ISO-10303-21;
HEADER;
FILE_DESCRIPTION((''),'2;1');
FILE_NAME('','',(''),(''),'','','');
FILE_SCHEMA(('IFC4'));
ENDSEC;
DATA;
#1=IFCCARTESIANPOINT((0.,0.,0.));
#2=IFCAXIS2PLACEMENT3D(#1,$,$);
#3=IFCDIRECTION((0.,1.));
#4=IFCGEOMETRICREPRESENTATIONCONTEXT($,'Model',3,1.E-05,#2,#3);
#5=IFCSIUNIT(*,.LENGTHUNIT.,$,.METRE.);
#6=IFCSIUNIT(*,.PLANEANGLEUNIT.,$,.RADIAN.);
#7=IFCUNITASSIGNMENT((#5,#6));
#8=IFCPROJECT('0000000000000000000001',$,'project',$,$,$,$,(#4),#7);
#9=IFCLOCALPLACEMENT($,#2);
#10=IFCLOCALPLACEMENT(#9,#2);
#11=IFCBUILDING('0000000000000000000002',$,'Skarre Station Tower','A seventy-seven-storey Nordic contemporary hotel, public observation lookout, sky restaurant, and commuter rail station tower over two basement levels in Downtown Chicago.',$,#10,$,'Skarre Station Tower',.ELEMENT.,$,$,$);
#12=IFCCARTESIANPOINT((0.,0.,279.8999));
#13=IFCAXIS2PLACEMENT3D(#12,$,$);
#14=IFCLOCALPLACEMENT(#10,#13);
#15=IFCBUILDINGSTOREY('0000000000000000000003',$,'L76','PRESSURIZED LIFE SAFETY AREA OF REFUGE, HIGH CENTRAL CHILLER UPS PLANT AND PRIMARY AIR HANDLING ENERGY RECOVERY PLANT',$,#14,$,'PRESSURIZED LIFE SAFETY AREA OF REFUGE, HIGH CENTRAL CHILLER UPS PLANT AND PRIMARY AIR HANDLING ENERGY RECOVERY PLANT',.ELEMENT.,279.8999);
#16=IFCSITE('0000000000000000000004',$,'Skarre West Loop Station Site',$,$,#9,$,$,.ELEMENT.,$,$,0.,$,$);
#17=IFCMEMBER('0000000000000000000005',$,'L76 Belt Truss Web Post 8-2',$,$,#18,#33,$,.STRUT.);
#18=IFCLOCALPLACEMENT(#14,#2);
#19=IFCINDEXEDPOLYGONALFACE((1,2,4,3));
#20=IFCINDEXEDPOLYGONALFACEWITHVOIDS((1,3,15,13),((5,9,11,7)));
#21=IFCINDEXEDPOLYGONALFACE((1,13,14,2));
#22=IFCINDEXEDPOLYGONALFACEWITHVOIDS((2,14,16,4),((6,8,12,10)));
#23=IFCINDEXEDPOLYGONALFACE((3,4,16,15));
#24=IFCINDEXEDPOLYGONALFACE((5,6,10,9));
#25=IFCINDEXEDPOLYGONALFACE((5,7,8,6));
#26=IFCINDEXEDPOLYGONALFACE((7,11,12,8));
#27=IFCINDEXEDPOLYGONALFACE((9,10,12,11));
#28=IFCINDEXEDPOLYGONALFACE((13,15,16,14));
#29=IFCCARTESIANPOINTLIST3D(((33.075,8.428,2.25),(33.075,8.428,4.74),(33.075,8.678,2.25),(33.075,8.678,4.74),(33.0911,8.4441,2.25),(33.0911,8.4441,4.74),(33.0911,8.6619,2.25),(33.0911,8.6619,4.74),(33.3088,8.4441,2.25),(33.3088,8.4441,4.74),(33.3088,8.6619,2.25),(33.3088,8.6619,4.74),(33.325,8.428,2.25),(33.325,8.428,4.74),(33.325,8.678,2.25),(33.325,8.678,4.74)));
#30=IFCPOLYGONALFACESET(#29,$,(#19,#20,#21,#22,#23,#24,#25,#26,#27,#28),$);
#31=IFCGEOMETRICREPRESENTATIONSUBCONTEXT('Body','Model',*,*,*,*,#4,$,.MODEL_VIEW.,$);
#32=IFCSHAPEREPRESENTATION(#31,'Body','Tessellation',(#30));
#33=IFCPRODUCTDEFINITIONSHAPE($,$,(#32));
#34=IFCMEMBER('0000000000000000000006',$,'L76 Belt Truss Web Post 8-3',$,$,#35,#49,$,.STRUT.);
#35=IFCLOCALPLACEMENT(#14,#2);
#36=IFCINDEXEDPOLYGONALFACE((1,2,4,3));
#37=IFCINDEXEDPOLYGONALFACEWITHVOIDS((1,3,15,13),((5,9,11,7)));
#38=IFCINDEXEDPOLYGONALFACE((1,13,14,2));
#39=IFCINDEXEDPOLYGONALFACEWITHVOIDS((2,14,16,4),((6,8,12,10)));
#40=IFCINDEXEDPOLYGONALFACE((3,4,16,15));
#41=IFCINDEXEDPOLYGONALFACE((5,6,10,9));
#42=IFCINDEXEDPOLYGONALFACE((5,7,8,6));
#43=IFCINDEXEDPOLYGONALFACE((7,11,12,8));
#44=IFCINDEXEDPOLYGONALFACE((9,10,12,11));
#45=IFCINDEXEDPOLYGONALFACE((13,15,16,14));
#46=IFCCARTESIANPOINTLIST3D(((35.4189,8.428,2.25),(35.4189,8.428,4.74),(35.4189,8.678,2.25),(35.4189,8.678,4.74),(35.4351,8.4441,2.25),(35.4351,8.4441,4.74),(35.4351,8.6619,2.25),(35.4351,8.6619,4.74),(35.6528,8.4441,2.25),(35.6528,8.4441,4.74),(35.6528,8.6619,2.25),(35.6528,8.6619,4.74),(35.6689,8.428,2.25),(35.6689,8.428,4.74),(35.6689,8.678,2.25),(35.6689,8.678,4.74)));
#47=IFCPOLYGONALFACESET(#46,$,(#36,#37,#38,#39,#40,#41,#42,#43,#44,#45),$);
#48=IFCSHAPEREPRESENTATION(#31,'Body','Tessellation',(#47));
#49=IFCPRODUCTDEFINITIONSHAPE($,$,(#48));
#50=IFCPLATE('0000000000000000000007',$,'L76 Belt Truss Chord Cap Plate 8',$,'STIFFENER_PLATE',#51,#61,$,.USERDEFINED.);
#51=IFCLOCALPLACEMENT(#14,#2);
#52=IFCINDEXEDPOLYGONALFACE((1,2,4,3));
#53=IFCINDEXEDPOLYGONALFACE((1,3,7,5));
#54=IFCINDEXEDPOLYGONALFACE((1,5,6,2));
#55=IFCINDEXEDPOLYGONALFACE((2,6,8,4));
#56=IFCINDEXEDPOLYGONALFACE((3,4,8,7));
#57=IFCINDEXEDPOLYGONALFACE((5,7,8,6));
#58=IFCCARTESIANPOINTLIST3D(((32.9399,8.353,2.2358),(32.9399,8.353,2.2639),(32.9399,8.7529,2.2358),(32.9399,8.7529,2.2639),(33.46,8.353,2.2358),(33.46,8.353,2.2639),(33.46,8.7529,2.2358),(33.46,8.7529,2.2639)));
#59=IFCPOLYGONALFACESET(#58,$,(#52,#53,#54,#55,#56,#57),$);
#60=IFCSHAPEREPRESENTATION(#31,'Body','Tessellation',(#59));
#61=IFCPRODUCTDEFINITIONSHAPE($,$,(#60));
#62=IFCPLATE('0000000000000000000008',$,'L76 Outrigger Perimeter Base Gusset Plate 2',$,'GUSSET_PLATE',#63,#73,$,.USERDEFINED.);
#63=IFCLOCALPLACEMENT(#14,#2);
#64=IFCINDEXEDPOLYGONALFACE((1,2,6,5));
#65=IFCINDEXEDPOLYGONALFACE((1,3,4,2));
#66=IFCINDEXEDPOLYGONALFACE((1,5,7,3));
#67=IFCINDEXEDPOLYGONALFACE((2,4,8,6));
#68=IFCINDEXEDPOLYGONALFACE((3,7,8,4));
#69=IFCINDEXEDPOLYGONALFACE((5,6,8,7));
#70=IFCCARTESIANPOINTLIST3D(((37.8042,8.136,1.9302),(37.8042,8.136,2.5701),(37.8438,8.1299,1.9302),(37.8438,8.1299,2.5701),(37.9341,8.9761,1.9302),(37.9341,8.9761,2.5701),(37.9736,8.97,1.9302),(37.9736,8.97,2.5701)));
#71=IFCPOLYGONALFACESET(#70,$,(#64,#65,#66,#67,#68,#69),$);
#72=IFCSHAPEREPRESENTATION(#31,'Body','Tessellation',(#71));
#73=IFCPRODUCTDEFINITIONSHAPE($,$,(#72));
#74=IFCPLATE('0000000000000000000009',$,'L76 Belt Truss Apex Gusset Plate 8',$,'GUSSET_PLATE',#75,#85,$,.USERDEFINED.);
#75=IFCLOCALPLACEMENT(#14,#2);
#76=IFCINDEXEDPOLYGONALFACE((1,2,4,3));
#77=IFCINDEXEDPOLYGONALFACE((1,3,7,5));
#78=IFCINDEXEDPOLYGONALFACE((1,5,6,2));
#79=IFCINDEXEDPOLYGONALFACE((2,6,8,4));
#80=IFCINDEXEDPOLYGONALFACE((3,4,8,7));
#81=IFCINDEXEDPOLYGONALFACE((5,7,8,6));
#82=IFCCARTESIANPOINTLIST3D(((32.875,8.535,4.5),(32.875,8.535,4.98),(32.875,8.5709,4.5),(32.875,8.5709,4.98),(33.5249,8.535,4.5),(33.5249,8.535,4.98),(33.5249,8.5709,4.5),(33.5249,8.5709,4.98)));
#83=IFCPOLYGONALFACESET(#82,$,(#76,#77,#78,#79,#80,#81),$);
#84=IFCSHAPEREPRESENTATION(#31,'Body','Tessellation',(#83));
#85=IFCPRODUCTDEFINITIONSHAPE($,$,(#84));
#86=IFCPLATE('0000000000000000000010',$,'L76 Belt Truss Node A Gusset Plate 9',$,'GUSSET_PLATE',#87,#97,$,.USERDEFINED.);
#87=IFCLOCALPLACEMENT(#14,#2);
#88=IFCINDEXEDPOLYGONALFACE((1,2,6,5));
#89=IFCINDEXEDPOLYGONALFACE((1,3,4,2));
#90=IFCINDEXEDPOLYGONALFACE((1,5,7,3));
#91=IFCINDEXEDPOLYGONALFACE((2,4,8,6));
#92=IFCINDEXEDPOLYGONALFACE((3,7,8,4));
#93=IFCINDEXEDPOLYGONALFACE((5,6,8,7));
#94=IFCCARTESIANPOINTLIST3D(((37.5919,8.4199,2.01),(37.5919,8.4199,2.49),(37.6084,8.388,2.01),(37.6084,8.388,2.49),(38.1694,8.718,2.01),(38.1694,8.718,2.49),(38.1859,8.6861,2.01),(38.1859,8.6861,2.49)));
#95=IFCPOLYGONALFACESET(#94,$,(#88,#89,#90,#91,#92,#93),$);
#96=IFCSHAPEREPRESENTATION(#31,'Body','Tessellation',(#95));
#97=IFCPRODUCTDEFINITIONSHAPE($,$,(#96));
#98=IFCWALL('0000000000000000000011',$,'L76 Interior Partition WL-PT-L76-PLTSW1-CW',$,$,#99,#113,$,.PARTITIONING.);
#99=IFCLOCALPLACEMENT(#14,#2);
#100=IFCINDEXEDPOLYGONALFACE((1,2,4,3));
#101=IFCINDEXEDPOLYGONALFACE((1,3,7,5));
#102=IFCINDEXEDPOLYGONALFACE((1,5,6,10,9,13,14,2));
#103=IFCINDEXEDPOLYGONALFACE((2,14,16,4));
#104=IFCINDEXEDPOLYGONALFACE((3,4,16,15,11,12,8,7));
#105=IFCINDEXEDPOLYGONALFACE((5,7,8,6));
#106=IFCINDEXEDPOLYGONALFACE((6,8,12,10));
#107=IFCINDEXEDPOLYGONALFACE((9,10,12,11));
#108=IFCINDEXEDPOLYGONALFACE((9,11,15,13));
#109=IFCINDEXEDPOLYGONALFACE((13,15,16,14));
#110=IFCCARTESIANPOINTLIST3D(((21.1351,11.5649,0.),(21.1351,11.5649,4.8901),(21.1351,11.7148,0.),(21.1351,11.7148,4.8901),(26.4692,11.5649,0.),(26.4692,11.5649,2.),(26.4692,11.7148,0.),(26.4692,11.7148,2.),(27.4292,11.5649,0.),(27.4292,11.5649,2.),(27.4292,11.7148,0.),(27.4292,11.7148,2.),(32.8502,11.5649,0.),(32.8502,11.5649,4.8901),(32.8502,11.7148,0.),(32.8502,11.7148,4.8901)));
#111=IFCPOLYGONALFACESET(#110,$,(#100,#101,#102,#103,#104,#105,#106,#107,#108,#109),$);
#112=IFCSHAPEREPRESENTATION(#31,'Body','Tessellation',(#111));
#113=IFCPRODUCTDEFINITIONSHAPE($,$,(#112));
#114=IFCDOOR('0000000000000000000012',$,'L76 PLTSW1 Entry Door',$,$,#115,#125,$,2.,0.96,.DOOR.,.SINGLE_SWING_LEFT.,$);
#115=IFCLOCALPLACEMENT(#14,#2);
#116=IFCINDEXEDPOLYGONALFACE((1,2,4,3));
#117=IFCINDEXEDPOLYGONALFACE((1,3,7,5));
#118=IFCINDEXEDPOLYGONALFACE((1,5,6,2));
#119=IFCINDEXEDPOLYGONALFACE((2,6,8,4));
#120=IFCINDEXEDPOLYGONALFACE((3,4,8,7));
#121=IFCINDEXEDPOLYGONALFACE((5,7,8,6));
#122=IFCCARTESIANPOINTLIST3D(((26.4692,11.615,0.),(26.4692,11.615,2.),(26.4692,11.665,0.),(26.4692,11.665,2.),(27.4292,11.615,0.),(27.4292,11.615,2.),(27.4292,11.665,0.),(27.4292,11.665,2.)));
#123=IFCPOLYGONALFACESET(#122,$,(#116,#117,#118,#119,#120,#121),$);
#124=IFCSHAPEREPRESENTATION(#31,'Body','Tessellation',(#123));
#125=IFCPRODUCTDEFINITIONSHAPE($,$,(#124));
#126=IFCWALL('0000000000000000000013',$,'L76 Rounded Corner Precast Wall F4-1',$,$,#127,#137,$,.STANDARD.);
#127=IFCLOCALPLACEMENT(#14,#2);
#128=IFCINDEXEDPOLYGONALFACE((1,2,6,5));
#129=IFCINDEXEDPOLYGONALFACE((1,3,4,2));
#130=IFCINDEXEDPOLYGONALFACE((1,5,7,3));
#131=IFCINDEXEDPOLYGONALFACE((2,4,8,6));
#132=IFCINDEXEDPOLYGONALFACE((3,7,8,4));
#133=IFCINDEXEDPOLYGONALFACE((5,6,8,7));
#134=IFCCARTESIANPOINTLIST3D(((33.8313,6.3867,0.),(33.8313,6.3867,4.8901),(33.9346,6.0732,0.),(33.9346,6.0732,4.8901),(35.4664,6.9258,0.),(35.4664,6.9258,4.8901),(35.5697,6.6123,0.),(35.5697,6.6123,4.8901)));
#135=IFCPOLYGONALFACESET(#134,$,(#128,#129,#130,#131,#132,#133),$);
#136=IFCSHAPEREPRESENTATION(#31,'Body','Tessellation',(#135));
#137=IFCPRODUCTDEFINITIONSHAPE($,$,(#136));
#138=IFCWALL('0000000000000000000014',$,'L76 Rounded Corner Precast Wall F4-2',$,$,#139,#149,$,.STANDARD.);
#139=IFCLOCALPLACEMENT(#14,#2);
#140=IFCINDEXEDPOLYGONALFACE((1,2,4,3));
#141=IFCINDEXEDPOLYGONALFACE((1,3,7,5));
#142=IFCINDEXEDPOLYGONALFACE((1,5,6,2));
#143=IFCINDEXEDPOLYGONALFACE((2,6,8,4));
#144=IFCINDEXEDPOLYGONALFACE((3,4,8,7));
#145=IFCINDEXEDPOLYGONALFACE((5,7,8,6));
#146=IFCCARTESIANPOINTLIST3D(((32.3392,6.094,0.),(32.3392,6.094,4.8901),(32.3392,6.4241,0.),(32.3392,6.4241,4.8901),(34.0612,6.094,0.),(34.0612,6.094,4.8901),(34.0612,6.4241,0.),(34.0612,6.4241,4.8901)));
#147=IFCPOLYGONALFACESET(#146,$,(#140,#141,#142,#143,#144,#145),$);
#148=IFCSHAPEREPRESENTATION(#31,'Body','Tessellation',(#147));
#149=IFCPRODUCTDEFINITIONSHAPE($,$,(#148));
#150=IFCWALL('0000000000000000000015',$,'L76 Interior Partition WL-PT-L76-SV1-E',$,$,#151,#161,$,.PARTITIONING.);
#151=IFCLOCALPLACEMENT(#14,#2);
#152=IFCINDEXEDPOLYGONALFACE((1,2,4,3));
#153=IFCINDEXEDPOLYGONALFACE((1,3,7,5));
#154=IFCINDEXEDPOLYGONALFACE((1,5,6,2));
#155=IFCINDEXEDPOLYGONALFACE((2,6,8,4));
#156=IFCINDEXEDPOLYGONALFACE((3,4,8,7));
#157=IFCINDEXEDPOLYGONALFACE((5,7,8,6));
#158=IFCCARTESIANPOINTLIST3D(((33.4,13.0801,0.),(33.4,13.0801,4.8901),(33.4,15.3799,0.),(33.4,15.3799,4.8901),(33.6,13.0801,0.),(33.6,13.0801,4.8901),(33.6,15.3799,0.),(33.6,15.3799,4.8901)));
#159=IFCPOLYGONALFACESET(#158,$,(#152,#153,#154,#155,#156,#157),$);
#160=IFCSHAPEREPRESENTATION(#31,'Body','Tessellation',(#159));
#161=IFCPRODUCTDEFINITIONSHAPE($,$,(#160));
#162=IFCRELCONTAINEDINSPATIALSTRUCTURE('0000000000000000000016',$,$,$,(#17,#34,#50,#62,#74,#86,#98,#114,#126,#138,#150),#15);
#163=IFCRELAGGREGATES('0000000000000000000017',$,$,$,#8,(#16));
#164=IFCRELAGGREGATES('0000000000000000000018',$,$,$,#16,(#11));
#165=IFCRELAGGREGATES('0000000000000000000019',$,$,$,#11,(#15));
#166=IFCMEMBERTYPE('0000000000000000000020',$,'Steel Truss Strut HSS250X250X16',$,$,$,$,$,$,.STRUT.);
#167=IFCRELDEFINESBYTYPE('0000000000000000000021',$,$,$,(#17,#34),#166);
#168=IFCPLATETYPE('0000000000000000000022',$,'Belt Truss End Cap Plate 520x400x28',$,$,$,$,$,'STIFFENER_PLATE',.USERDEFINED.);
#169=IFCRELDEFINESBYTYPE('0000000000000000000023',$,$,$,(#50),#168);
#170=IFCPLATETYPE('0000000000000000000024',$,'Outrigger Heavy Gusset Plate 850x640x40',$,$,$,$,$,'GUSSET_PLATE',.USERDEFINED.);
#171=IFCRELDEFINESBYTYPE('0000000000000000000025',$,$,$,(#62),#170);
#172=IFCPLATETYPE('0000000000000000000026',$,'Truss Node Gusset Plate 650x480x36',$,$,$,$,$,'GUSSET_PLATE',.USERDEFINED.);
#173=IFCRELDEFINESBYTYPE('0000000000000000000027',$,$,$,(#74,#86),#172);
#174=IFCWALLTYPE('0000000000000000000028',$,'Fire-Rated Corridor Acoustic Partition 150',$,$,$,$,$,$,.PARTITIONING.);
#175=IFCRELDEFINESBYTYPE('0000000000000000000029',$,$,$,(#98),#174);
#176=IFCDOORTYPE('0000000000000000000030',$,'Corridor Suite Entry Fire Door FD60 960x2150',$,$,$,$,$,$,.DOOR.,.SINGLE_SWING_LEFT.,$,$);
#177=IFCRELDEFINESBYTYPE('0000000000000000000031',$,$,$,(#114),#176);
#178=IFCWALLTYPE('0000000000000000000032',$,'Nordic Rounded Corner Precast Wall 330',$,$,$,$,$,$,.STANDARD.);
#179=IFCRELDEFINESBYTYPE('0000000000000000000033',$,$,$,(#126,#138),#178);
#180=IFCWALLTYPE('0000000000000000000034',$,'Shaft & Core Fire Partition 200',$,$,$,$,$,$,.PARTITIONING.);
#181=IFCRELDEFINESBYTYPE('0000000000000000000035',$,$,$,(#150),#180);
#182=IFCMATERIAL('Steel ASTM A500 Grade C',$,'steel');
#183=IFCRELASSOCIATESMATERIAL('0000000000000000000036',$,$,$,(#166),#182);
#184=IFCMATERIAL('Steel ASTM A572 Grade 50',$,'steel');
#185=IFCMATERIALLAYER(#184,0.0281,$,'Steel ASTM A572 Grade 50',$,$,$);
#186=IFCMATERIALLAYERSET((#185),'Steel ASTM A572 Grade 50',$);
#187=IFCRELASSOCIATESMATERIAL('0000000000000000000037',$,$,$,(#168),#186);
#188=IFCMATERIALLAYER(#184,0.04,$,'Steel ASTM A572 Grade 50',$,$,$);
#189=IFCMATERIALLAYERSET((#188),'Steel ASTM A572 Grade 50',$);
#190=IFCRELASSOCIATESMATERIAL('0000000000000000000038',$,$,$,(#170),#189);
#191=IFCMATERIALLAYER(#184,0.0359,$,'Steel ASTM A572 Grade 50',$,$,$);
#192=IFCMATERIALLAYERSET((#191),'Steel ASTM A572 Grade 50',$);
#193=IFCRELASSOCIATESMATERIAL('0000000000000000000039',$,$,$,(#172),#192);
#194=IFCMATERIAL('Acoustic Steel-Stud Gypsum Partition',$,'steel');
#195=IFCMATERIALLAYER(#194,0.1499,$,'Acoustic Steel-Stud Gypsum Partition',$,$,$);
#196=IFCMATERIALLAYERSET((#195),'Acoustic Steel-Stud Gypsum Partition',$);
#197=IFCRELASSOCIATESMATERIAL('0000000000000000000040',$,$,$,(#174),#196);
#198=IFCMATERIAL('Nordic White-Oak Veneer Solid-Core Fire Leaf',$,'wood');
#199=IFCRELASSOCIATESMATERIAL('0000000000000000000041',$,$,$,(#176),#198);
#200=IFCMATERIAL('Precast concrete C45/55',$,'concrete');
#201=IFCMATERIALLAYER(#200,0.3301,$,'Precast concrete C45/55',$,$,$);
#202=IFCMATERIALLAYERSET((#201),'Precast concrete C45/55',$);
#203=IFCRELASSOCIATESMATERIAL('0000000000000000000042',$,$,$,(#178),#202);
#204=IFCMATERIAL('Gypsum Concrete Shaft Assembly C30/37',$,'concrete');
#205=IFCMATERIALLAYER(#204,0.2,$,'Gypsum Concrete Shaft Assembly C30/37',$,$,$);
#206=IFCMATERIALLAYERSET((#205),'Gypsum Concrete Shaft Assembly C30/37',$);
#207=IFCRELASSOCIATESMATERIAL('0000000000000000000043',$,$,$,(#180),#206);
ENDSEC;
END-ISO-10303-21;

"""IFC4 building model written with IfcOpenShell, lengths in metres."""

from ifc_helpers import new_model, si_unit, direction, frame, frame_2d, origin, origin_2d, place, context, subcontext, project, spatial, rectangle, hollow_rectangle, extrude, material, layer, layer_set, material_profile, profile_set, type_object, element, fill, save


model = new_model("IFC4")

# Units and contexts
model_context = context("Model", 3, precision=1e-05, world=origin(), true_north=direction((0.0, 1.0)))
body_context = subcontext(model_context, "Body", "Model", "MODEL_VIEW")
ifc_project = project(units=[si_unit("LENGTHUNIT", "METRE"), si_unit("PLANEANGLEUNIT", "RADIAN")], contexts=[model_context])

# Site, building, storey
site_placement = place(None, origin())
site = spatial("IfcSite", under=ifc_project, at=site_placement, Name="Skarre West Loop Station Site", CompositionType="ELEMENT", RefElevation=0.0)
building_placement = place(site_placement, origin())
building = spatial("IfcBuilding", under=site, at=building_placement, Name="Skarre Station Tower", Description="A seventy-seven-storey Nordic contemporary hotel, public observation lookout, sky restaurant, and commuter rail station tower over two basement levels in Downtown Chicago.", LongName="Skarre Station Tower", CompositionType="ELEMENT")
storey_placement = place(building_placement, frame((0.0, 0.0, 279.8999)))
storey = spatial("IfcBuildingStorey", under=building, at=storey_placement, Name="L76", Description="PRESSURIZED LIFE SAFETY AREA OF REFUGE, HIGH CENTRAL CHILLER UPS PLANT AND PRIMARY AIR HANDLING ENERGY RECOVERY PLANT", LongName="PRESSURIZED LIFE SAFETY AREA OF REFUGE, HIGH CENTRAL CHILLER UPS PLANT AND PRIMARY AIR HANDLING ENERGY RECOVERY PLANT", CompositionType="ELEMENT", Elevation=279.8999)

# Members
ifc_material_1 = material(Name="Steel ASTM A500 Grade C", Category="steel")
ifc_material_profile_1 = material_profile(ifc_material_1, hollow_rectangle(XDim=0.25, YDim=0.25, WallThickness=0.0161, at=origin_2d()), Name="Steel ASTM A500 Grade C")
ifc_profile_set_1 = profile_set([ifc_material_profile_1], Name="Steel ASTM A500 Grade C")
member_type_1 = type_object("IfcMemberType", Name="Steel Truss Strut HSS250X250X16", PredefinedType="STRUT", material=ifc_profile_set_1)
for number, where, z_axis, x_axis, name in (
    (1, (33.2, 8.553, 2.25), (0.0, 0.0, 1.0), (1.0, 0.0, 0.0), "L76 Belt Truss Web Post 8-2"),
    (2, (35.5439, 8.553, 2.25), (0.0, 0.0, 1.0), (1.0, 0.0, 0.0), "L76 Belt Truss Web Post 8-3"),
):
    element("IfcMember", number, at=place(storey_placement, frame(where, z_axis=z_axis, x_axis=x_axis)), inside=storey, type_object=member_type_1, Name=name, PredefinedType="STRUT", context=body_context, shape_type="SweptSolid", body=[
        extrude(hollow_rectangle(XDim=0.25, YDim=0.25, WallThickness=0.0161, at=origin_2d()), origin(), (0.0, 0.0, 1.0), 2.49),
    ])

# Plates
ifc_material_2 = material(Name="Steel ASTM A572 Grade 50", Category="steel")
ifc_layer_1 = layer(ifc_material_2, 0.0281, Name="Steel ASTM A572 Grade 50")
ifc_layer_set_1 = layer_set([ifc_layer_1], Name="Steel ASTM A572 Grade 50")
plate_type_1 = type_object("IfcPlateType", Name="Belt Truss End Cap Plate 520x400x28", ElementType="STIFFENER_PLATE", PredefinedType="USERDEFINED", material=ifc_layer_set_1)
plate_1_placement = place(storey_placement, frame((33.2, 8.553, 2.2358), z_axis=(0.0, 0.0, 1.0), x_axis=(1.0, 0.0, 0.0)))
element("IfcPlate", 3, at=plate_1_placement, inside=storey, type_object=plate_type_1, Name="L76 Belt Truss Chord Cap Plate 8", ObjectType="STIFFENER_PLATE", PredefinedType="USERDEFINED", context=body_context, shape_type="SweptSolid", body=[
    extrude(rectangle(XDim=0.52, YDim=0.3999, at=origin_2d()), origin(), (0.0, 0.0, 1.0), 0.0281),
])
ifc_layer_2 = layer(ifc_material_2, 0.04, Name="Steel ASTM A572 Grade 50")
ifc_layer_set_2 = layer_set([ifc_layer_2], Name="Steel ASTM A572 Grade 50")
plate_type_2 = type_object("IfcPlateType", Name="Outrigger Heavy Gusset Plate 850x640x40", ElementType="GUSSET_PLATE", PredefinedType="USERDEFINED", material=ifc_layer_set_2)
plate_2_placement = place(storey_placement, frame((37.8889, 8.553, 1.9302), z_axis=(0.0, 0.0, 1.0), x_axis=(-0.152779, -0.98826, 0.0)))
element("IfcPlate", 4, at=plate_2_placement, inside=storey, type_object=plate_type_2, Name="L76 Outrigger Perimeter Base Gusset Plate 2", ObjectType="GUSSET_PLATE", PredefinedType="USERDEFINED", context=body_context, shape_type="SweptSolid", body=[
    extrude(rectangle(XDim=0.8501, YDim=0.04, at=origin_2d()), origin(), (0.0, 0.0, 1.0), 0.6399),
])
ifc_layer_3 = layer(ifc_material_2, 0.0359, Name="Steel ASTM A572 Grade 50")
ifc_layer_set_3 = layer_set([ifc_layer_3], Name="Steel ASTM A572 Grade 50")
plate_type_3 = type_object("IfcPlateType", Name="Truss Node Gusset Plate 650x480x36", ElementType="GUSSET_PLATE", PredefinedType="USERDEFINED", material=ifc_layer_set_3)
for number, where, z_axis, x_axis, name in (
    (5, (33.2, 8.553, 4.5), (0.0, 0.0, 1.0), (1.0, 0.0, 0.0), "L76 Belt Truss Apex Gusset Plate 8"),
    (6, (37.8889, 8.553, 2.01), (0.0, 0.0, 1.0), (0.888601, 0.458681, 0.0), "L76 Belt Truss Node A Gusset Plate 9"),
):
    element("IfcPlate", number, at=place(storey_placement, frame(where, z_axis=z_axis, x_axis=x_axis)), inside=storey, type_object=plate_type_3, Name=name, ObjectType="GUSSET_PLATE", PredefinedType="USERDEFINED", context=body_context, shape_type="SweptSolid", body=[
        extrude(rectangle(XDim=0.6499, YDim=0.0359, at=origin_2d()), origin(), (0.0, 0.0, 1.0), 0.48),
    ])

# Wall, opening, door
ifc_material_3 = material(Name="Acoustic Steel-Stud Gypsum Partition", Category="steel")
ifc_layer_4 = layer(ifc_material_3, 0.1499, Name="Acoustic Steel-Stud Gypsum Partition")
ifc_layer_set_4 = layer_set([ifc_layer_4], Name="Acoustic Steel-Stud Gypsum Partition")
wall_type_1 = type_object("IfcWallType", Name="Fire-Rated Corridor Acoustic Partition 150", PredefinedType="PARTITIONING", material=ifc_layer_set_4)
wall_1_placement = place(storey_placement, frame((32.8501, 11.6399, 0.0), z_axis=(0.0, 0.0, 1.0), x_axis=(-1.0, 0.0, 0.0)))
wall_1 = element("IfcWall", 7, at=wall_1_placement, inside=storey, type_object=wall_type_1, Name="L76 Interior Partition WL-PT-L76-PLTSW1-CW", PredefinedType="PARTITIONING", context=body_context, shape_type="SweptSolid", body=[
    extrude(rectangle(XDim=11.7151, YDim=0.1499, at=frame_2d((5.8574, 0.0))), origin(), (0.0, 0.0, 1.0), 4.8901),
])
opening_placement = place(wall_1_placement, frame((5.4209, 0.0, 0.0)))
opening = element("IfcOpeningElement", 8, at=opening_placement, cuts=wall_1, PredefinedType="OPENING", context=body_context, shape_type="SweptSolid", body=[
    extrude(rectangle(XDim=0.96, YDim=2.0, at=frame_2d((0.48, 1.0))), frame((0.0, 0.085, 0.0), z_axis=(0.0, -1.0, 0.0), x_axis=(1.0, 0.0, 0.0)), (0.0, 0.0, 1.0), 0.1699),
])
ifc_material_4 = material(Name="Nordic White-Oak Veneer Solid-Core Fire Leaf", Category="wood")
door_type = type_object("IfcDoorType", Name="Corridor Suite Entry Fire Door FD60 960x2150", OperationType="SINGLE_SWING_LEFT", PredefinedType="DOOR", material=ifc_material_4)
door_placement = place(opening_placement, origin())
door = element("IfcDoor", 9, at=door_placement, inside=storey, type_object=door_type, Name="L76 PLTSW1 Entry Door", OperationType="SINGLE_SWING_LEFT", OverallHeight=2.0, OverallWidth=0.96, PredefinedType="DOOR", context=body_context, shape_type="SweptSolid", body=[
    extrude(rectangle(XDim=0.96, YDim=2.0, at=frame_2d((0.48, 1.0))), frame((0.0, 0.0249, 0.0), z_axis=(0.0, -1.0, 0.0), x_axis=(1.0, 0.0, 0.0)), (0.0, 0.0, 1.0), 0.05),
])
fill(opening, door)

# Walls
ifc_material_5 = material(Name="Precast concrete C45/55", Category="concrete")
ifc_layer_5 = layer(ifc_material_5, 0.3301, Name="Precast concrete C45/55")
ifc_layer_set_5 = layer_set([ifc_layer_5], Name="Precast concrete C45/55")
wall_type_2 = type_object("IfcWallType", Name="Nordic Rounded Corner Precast Wall 330", PredefinedType="STANDARD", material=ifc_layer_set_5)
wall_2_placement = place(storey_placement, frame((35.5181, 6.769, 0.0), z_axis=(0.0, 0.0, 1.0), x_axis=(-0.949713, -0.31312, 0.0)))
element("IfcWall", 10, at=wall_2_placement, inside=storey, type_object=wall_type_2, Name="L76 Rounded Corner Precast Wall F4-1", PredefinedType="STANDARD", context=body_context, shape_type="SweptSolid", body=[
    extrude(rectangle(XDim=1.7217, YDim=0.3301, at=frame_2d((0.8608, 0.0))), origin(), (0.0, 0.0, 1.0), 4.8901),
])
wall_3_placement = place(storey_placement, frame((34.061, 6.259, 0.0), z_axis=(0.0, 0.0, 1.0), x_axis=(-1.0, 0.0, 0.0)))
element("IfcWall", 11, at=wall_3_placement, inside=storey, type_object=wall_type_2, Name="L76 Rounded Corner Precast Wall F4-2", PredefinedType="STANDARD", context=body_context, shape_type="SweptSolid", body=[
    extrude(rectangle(XDim=1.7219, YDim=0.3301, at=frame_2d((0.8608, 0.0))), origin(), (0.0, 0.0, 1.0), 4.8901),
])
ifc_material_6 = material(Name="Gypsum Concrete Shaft Assembly C30/37", Category="concrete")
ifc_layer_6 = layer(ifc_material_6, 0.2, Name="Gypsum Concrete Shaft Assembly C30/37")
ifc_layer_set_6 = layer_set([ifc_layer_6], Name="Gypsum Concrete Shaft Assembly C30/37")
wall_type_3 = type_object("IfcWallType", Name="Shaft & Core Fire Partition 200", PredefinedType="PARTITIONING", material=ifc_layer_set_6)
wall_4_placement = place(storey_placement, frame((33.5, 13.0801, 0.0), z_axis=(0.0, 0.0, 1.0), x_axis=(0.0, 1.0, 0.0)))
element("IfcWall", 12, at=wall_4_placement, inside=storey, type_object=wall_type_3, Name="L76 Interior Partition WL-PT-L76-SV1-E", PredefinedType="PARTITIONING", context=body_context, shape_type="SweptSolid", body=[
    extrude(rectangle(XDim=2.2998, YDim=0.2, at=frame_2d((1.1499, 0.0))), origin(), (0.0, 0.0, 1.0), 4.8901),
])

save(model, "model.ifc")
